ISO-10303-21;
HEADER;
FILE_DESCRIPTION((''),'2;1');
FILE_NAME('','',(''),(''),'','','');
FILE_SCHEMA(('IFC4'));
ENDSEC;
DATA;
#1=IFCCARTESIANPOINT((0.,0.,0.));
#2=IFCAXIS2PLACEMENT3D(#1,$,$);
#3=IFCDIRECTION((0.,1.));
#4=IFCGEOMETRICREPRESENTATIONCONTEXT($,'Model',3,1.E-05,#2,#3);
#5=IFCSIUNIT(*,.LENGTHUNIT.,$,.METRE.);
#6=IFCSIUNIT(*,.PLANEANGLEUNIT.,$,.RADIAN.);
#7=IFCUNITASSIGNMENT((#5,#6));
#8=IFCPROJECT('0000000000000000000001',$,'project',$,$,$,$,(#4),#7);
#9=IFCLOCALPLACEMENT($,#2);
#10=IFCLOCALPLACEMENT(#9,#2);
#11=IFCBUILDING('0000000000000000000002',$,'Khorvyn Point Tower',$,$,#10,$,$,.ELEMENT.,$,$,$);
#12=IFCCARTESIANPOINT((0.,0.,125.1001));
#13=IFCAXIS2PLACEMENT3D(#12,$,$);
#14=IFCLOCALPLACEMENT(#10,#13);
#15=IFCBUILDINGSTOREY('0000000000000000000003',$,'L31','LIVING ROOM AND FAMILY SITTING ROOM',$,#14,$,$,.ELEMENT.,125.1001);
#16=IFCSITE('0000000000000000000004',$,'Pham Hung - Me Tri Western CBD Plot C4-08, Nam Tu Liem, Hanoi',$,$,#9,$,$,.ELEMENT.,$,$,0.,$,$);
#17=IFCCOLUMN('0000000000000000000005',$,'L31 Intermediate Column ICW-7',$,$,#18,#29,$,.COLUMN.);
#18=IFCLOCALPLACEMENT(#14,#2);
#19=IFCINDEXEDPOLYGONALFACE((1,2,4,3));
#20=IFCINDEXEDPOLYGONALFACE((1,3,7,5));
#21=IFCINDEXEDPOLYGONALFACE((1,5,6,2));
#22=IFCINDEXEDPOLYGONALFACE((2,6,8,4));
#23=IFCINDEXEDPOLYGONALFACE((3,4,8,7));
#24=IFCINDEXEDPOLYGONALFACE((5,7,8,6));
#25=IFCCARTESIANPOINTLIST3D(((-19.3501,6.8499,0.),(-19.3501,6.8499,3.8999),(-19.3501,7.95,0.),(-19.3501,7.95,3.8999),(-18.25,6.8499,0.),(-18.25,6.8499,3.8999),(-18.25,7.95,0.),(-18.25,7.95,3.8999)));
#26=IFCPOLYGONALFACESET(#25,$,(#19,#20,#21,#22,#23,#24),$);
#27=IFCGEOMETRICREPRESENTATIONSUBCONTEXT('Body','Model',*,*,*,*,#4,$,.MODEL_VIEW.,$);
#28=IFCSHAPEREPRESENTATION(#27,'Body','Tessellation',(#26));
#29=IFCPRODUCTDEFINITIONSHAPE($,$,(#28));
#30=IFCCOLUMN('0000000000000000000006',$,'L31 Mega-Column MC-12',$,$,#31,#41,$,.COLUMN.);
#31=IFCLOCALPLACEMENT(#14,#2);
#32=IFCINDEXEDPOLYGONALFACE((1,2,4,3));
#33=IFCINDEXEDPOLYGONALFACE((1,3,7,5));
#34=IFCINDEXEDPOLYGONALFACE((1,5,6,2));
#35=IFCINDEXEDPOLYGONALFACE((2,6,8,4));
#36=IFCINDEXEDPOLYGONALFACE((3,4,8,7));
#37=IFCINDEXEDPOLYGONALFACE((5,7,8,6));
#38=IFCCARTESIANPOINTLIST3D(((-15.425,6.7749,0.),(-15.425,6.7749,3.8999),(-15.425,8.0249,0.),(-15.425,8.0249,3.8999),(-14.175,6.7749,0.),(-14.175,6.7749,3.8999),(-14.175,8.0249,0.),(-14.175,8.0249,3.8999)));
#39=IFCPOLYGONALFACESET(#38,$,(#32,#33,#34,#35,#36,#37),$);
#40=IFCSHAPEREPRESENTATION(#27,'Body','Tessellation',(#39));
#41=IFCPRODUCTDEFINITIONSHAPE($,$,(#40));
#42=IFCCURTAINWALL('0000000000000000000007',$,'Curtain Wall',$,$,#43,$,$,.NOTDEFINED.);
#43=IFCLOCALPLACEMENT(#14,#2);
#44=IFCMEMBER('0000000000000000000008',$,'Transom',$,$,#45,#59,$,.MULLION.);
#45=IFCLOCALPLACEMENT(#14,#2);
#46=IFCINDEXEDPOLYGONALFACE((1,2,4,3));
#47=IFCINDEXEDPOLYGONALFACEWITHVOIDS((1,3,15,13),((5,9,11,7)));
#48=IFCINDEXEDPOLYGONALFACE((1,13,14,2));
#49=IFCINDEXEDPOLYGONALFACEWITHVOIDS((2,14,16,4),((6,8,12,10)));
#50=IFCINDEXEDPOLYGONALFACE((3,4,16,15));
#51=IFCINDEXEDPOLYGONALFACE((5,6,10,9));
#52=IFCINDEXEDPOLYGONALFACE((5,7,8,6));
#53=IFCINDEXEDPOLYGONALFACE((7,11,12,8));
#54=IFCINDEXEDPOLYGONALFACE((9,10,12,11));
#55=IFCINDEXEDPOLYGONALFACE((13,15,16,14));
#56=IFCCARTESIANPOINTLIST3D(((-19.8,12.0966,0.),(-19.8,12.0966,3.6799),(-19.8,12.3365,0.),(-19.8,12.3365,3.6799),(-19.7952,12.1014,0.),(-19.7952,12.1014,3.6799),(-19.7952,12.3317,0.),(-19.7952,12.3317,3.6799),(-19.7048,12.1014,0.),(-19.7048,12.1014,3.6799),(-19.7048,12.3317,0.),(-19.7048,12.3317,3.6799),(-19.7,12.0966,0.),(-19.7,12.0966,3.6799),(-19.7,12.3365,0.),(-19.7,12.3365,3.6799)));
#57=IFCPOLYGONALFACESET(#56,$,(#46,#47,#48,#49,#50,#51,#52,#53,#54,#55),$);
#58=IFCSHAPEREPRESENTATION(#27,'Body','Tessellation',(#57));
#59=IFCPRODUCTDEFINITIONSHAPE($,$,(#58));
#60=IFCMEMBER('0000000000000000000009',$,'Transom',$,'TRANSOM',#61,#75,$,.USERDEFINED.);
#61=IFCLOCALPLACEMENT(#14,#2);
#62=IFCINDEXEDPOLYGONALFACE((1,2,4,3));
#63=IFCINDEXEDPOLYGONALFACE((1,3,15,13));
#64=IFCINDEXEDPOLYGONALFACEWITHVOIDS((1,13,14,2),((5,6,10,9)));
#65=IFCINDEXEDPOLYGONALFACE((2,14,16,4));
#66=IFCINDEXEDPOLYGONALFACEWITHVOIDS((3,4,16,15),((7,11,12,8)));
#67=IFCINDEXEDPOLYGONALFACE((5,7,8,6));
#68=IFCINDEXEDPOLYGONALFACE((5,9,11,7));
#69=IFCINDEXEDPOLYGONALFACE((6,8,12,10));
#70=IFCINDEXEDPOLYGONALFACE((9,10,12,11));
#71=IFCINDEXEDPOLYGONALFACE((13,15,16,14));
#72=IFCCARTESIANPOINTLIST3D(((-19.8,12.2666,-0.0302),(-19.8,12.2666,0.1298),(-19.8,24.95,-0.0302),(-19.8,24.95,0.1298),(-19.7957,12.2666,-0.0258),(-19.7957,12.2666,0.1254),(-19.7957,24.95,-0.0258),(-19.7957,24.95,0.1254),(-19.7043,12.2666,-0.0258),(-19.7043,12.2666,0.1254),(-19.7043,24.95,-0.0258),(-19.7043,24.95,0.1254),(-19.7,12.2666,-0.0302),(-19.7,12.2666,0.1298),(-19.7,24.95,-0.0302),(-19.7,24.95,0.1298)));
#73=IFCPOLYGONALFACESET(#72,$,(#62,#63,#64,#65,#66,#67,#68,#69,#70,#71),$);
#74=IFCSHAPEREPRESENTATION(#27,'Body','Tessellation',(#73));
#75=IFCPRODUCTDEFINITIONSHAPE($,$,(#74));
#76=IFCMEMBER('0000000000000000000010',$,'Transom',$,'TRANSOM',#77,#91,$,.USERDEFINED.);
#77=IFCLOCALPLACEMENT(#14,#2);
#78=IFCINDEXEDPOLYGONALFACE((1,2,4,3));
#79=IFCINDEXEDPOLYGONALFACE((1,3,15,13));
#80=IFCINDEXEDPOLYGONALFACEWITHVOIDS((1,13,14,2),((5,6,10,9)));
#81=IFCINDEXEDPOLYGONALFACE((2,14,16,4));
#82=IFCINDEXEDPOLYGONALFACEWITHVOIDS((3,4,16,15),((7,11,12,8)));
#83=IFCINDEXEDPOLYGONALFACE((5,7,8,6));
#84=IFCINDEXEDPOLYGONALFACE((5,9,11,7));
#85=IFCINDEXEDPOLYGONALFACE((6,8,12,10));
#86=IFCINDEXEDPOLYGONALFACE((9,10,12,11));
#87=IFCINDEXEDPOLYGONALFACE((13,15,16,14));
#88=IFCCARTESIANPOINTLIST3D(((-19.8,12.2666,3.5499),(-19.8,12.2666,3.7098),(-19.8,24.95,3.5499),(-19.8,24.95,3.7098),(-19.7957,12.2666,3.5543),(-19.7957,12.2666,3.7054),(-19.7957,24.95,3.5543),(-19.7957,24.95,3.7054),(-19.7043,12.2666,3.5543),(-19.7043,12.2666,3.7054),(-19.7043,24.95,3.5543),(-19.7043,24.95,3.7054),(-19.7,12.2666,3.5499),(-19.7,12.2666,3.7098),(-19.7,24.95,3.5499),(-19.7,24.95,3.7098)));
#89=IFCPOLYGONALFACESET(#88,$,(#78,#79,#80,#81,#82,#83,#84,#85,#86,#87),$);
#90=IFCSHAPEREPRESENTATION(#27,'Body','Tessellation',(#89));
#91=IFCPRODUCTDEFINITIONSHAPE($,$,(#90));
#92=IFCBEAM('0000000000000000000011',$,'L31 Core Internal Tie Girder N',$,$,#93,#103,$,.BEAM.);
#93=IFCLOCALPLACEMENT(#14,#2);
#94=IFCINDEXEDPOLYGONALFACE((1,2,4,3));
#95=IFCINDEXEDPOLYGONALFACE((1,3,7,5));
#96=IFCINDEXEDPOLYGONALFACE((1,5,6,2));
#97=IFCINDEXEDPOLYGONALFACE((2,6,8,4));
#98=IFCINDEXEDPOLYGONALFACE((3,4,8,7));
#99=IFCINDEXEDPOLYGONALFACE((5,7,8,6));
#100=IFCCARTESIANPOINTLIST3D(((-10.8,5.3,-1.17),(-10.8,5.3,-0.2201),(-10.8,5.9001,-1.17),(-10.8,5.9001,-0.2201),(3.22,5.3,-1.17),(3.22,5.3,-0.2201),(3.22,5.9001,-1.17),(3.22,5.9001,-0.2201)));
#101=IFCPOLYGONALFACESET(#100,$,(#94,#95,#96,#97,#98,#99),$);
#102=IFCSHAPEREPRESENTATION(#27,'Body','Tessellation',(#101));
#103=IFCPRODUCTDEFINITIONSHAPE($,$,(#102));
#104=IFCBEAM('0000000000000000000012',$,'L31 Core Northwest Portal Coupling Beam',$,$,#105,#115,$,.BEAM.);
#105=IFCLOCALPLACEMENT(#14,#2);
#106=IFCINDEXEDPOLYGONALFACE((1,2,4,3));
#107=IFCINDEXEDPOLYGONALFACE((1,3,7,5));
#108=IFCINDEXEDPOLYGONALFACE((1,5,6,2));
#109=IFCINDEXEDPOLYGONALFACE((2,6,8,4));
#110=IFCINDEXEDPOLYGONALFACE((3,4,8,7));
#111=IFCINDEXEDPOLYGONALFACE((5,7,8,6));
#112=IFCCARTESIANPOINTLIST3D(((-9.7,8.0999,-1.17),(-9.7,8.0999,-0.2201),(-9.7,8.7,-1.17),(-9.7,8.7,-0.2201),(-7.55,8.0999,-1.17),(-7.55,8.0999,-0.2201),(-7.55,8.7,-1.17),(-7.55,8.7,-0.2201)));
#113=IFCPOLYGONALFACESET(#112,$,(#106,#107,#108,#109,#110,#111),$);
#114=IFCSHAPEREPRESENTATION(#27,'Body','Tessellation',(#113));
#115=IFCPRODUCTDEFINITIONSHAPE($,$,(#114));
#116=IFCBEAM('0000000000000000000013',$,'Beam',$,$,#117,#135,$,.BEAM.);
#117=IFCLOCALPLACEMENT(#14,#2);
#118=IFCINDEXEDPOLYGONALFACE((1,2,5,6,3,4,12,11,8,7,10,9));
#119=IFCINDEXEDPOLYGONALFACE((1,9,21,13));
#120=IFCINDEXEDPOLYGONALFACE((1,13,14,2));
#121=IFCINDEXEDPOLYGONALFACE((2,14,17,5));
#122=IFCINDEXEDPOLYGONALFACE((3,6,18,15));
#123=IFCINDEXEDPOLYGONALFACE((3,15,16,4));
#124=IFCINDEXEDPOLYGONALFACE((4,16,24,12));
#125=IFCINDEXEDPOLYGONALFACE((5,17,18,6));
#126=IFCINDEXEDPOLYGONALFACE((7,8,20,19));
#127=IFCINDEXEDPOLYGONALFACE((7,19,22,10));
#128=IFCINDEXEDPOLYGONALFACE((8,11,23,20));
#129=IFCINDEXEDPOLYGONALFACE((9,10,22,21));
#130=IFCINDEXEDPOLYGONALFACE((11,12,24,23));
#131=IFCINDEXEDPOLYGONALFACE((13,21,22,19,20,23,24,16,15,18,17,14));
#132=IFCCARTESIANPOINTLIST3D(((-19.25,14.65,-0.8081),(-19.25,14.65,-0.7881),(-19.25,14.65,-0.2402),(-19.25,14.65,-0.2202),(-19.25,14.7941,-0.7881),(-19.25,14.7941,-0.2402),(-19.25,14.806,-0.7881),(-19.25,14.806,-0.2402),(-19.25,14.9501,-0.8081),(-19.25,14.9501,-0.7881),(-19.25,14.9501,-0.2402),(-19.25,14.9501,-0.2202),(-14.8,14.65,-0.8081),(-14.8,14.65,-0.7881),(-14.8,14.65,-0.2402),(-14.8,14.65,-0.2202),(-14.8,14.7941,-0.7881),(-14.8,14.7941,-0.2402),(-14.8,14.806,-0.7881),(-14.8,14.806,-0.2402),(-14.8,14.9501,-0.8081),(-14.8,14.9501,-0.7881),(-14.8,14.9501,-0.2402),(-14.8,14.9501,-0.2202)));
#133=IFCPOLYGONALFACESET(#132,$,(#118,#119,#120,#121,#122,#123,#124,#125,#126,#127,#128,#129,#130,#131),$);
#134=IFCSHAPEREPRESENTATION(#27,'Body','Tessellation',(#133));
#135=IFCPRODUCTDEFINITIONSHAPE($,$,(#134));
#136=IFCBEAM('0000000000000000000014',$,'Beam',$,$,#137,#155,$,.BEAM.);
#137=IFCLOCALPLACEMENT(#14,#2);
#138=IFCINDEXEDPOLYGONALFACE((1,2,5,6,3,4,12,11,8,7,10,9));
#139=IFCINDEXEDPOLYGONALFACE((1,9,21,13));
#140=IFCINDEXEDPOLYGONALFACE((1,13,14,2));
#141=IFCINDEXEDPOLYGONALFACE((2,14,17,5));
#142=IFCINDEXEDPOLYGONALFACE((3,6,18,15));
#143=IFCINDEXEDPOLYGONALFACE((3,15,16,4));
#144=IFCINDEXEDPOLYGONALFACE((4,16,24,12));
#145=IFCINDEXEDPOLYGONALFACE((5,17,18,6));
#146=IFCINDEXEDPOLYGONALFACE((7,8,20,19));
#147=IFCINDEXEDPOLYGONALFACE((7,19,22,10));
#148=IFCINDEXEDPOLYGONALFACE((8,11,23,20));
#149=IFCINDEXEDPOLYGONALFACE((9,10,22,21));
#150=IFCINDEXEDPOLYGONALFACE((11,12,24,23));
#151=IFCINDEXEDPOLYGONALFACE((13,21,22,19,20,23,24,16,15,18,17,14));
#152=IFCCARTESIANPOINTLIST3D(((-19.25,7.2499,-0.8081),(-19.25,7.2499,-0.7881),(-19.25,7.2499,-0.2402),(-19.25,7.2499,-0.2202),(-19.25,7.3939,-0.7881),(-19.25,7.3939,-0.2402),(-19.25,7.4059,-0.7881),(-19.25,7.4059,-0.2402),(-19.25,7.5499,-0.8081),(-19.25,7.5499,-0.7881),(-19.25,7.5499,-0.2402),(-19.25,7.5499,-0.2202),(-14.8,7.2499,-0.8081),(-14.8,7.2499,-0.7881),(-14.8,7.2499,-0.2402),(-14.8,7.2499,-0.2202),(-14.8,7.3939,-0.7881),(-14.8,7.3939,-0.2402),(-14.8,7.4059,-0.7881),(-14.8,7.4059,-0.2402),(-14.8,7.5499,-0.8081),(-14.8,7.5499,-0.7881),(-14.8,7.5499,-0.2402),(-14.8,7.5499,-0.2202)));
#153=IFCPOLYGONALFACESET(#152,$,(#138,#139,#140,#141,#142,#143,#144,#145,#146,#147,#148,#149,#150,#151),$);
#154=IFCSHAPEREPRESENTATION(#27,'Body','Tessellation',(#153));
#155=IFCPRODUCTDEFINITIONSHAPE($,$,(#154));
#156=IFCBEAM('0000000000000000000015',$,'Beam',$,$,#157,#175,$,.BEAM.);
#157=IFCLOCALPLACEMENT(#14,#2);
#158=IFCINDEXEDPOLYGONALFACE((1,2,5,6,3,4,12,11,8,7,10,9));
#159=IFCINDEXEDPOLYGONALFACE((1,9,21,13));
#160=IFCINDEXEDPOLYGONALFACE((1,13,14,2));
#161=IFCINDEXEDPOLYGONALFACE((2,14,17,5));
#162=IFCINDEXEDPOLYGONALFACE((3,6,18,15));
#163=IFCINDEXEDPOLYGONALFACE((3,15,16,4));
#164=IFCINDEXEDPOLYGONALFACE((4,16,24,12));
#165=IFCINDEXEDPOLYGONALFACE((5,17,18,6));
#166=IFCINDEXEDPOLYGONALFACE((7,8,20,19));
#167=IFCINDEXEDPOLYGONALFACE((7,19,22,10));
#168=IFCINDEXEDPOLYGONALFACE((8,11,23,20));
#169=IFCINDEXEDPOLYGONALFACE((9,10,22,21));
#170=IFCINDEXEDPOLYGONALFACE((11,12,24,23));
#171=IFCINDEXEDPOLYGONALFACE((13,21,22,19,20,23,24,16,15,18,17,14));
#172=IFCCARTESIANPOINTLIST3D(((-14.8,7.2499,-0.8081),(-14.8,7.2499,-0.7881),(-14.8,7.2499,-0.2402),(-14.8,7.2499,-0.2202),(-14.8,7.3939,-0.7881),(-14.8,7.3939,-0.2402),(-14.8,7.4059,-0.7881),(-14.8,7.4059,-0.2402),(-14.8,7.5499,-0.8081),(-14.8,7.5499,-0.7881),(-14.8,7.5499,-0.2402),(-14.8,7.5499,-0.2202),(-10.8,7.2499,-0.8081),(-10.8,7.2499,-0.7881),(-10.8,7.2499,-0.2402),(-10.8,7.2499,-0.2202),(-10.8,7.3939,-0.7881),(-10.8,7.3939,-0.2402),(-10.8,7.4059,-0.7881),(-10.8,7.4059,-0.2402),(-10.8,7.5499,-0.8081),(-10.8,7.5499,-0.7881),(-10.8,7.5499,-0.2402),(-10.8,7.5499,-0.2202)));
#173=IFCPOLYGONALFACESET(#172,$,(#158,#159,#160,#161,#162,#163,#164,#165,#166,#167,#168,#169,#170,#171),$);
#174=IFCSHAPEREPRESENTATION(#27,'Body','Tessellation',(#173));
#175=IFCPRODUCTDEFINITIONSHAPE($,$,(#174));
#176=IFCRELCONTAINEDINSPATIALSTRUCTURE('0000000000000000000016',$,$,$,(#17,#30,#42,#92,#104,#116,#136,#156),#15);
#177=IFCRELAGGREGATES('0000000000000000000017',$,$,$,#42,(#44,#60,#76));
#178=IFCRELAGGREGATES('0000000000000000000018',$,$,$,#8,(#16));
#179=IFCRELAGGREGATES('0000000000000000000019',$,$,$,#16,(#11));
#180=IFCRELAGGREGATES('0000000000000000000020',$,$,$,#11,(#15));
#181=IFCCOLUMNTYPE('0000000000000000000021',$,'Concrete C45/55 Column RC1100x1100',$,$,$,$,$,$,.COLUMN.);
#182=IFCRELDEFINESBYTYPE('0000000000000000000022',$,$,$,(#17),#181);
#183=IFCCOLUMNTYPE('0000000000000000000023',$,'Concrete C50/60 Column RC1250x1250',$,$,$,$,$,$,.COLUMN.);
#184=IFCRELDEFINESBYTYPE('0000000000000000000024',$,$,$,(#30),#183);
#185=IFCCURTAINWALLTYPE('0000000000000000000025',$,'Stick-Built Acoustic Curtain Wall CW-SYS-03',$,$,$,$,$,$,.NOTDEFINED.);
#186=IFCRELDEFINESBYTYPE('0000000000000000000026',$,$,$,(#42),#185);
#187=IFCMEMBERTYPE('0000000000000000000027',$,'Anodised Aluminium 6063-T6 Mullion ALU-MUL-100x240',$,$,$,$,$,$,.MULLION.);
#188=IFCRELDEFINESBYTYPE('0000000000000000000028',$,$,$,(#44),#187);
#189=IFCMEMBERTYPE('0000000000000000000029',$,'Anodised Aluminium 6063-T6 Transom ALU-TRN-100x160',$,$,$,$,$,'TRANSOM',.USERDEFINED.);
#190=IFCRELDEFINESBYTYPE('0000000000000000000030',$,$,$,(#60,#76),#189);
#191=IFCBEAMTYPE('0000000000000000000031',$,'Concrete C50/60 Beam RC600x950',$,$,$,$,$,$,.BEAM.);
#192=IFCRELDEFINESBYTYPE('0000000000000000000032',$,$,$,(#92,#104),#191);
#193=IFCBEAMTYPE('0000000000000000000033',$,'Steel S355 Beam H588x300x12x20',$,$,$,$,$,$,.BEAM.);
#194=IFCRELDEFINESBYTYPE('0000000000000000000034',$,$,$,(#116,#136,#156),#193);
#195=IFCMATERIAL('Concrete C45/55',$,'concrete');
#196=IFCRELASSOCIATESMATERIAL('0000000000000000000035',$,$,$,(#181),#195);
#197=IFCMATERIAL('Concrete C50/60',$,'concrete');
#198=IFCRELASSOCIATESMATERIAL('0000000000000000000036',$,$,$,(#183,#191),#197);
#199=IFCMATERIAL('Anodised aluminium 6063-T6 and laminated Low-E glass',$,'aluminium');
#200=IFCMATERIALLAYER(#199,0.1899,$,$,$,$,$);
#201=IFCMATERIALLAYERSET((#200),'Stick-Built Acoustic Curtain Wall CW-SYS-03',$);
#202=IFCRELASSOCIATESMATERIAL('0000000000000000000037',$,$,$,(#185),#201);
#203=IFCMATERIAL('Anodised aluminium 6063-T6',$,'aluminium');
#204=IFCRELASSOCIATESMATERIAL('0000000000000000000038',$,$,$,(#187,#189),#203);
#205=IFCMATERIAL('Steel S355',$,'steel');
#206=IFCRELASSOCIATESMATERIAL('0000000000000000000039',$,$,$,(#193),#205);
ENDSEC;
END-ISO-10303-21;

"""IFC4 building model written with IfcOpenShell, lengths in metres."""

from ifc_helpers import new_model, si_unit, direction, frame, origin, origin_2d, place, context, subcontext, project, spatial, rectangle, hollow_rectangle, i_section, extrude, material, layer, layer_set, material_profile, profile_set, type_object, element, aggregate, save


model = new_model("IFC4")

# Units and contexts
model_context = context("Model", 3, precision=1e-05, world=origin(), true_north=direction((0.0, 1.0)))
body_context = subcontext(model_context, "Body", "Model", "MODEL_VIEW")
ifc_project = project(units=[si_unit("LENGTHUNIT", "METRE"), si_unit("PLANEANGLEUNIT", "RADIAN")], contexts=[model_context])

# Site, building, storey
site_placement = place(None, origin())
site = spatial("IfcSite", under=ifc_project, at=site_placement, Name="Pham Hung - Me Tri Western CBD Plot C4-08, Nam Tu Liem, Hanoi", CompositionType="ELEMENT", RefElevation=0.0)
building_placement = place(site_placement, origin())
building = spatial("IfcBuilding", under=site, at=building_placement, Name="Khorvyn Point Tower", CompositionType="ELEMENT")
storey_placement = place(building_placement, frame((0.0, 0.0, 125.1001)))
storey = spatial("IfcBuildingStorey", under=building, at=storey_placement, Name="L31", Description="LIVING ROOM AND FAMILY SITTING ROOM", CompositionType="ELEMENT", Elevation=125.1001)

# Columns
ifc_material_1 = material(Name="Concrete C45/55", Category="concrete")
ifc_material_profile_1 = material_profile(ifc_material_1, rectangle(XDim=1.1001, YDim=1.1001, at=origin_2d()))
ifc_profile_set_1 = profile_set([ifc_material_profile_1], Name="Concrete C45/55 RC1100x1100")
column_type_1 = type_object("IfcColumnType", Name="Concrete C45/55 Column RC1100x1100", PredefinedType="COLUMN", material=ifc_profile_set_1)
column_1_placement = place(storey_placement, frame((-18.8, 7.3999, 0.0), z_axis=(0.0, 0.0, 1.0), x_axis=(1.0, 0.0, 0.0)))
element("IfcColumn", 1, at=column_1_placement, inside=storey, type_object=column_type_1, Name="L31 Intermediate Column ICW-7", PredefinedType="COLUMN", context=body_context, shape_type="SweptSolid", body=[
    extrude(rectangle(XDim=1.1001, YDim=1.1001, at=origin_2d()), origin(), (0.0, 0.0, 1.0), 3.8999),
])
ifc_material_2 = material(Name="Concrete C50/60", Category="concrete")
ifc_material_profile_2 = material_profile(ifc_material_2, rectangle(XDim=1.25, YDim=1.25, at=origin_2d()))
ifc_profile_set_2 = profile_set([ifc_material_profile_2], Name="Concrete C50/60 RC1250x1250")
column_type_2 = type_object("IfcColumnType", Name="Concrete C50/60 Column RC1250x1250", PredefinedType="COLUMN", material=ifc_profile_set_2)
column_2_placement = place(storey_placement, frame((-14.8, 7.3999, 0.0), z_axis=(0.0, 0.0, 1.0), x_axis=(1.0, 0.0, 0.0)))
element("IfcColumn", 2, at=column_2_placement, inside=storey, type_object=column_type_2, Name="L31 Mega-Column MC-12", PredefinedType="COLUMN", context=body_context, shape_type="SweptSolid", body=[
    extrude(rectangle(XDim=1.25, YDim=1.25, at=origin_2d()), origin(), (0.0, 0.0, 1.0), 3.8999),
])

# Curtain wall, members
ifc_material_3 = material(Name="Anodised aluminium 6063-T6 and laminated Low-E glass", Category="aluminium")
ifc_layer_1 = layer(ifc_material_3, 0.1899)
ifc_layer_set_1 = layer_set([ifc_layer_1], Name="Stick-Built Acoustic Curtain Wall CW-SYS-03")
curtain_wall_type = type_object("IfcCurtainWallType", Name="Stick-Built Acoustic Curtain Wall CW-SYS-03", PredefinedType="NOTDEFINED", material=ifc_layer_set_1)
curtain_wall_placement = place(storey_placement, origin())
curtain_wall = element("IfcCurtainWall", 3, at=curtain_wall_placement, inside=storey, type_object=curtain_wall_type, Name="Curtain Wall", PredefinedType="NOTDEFINED")
ifc_material_4 = material(Name="Anodised aluminium 6063-T6", Category="aluminium")
ifc_material_profile_3 = material_profile(ifc_material_4, hollow_rectangle(XDim=0.1001, YDim=0.24, WallThickness=0.0049, at=origin_2d()))
ifc_profile_set_3 = profile_set([ifc_material_profile_3], Name="Anodised aluminium 6063-T6 ALU-MUL-100x240")
member_type_1 = type_object("IfcMemberType", Name="Anodised Aluminium 6063-T6 Mullion ALU-MUL-100x240", PredefinedType="MULLION", material=ifc_profile_set_3)
member_1_placement = place(storey_placement, frame((-19.75, 12.2166, 0.0), z_axis=(0.0, 0.0, 1.0), x_axis=(-1.0, 0.0, 0.0)))
member_1 = element("IfcMember", 4, at=member_1_placement, type_object=member_type_1, Name="Transom", PredefinedType="MULLION", context=body_context, shape_type="SweptSolid", body=[
    extrude(hollow_rectangle(XDim=0.1001, YDim=0.24, WallThickness=0.0049, at=origin_2d()), origin(), (0.0, 0.0, 1.0), 3.6799),
])
ifc_material_profile_4 = material_profile(ifc_material_4, hollow_rectangle(XDim=0.1001, YDim=0.1599, WallThickness=0.0044, at=origin_2d()))
ifc_profile_set_4 = profile_set([ifc_material_profile_4], Name="Anodised aluminium 6063-T6 ALU-TRN-100x160")
member_type_2 = type_object("IfcMemberType", Name="Anodised Aluminium 6063-T6 Transom ALU-TRN-100x160", ElementType="TRANSOM", PredefinedType="USERDEFINED", material=ifc_profile_set_4)
member_2_placement = place(storey_placement, frame((-19.75, 12.2666, 0.0498), z_axis=(0.0, 1.0, 0.0), x_axis=(-1.0, 0.0, 0.0)))
member_2 = element("IfcMember", 5, at=member_2_placement, type_object=member_type_2, Name="Transom", ObjectType="TRANSOM", PredefinedType="USERDEFINED", context=body_context, shape_type="SweptSolid", body=[
    extrude(hollow_rectangle(XDim=0.1001, YDim=0.1599, WallThickness=0.0044, at=origin_2d()), origin(), (0.0, 0.0, 1.0), 12.6833),
])
member_3_placement = place(storey_placement, frame((-19.75, 12.2666, 3.6299), z_axis=(0.0, 1.0, 0.0), x_axis=(-1.0, 0.0, 0.0)))
member_3 = element("IfcMember", 6, at=member_3_placement, type_object=member_type_2, Name="Transom", ObjectType="TRANSOM", PredefinedType="USERDEFINED", context=body_context, shape_type="SweptSolid", body=[
    extrude(hollow_rectangle(XDim=0.1001, YDim=0.1599, WallThickness=0.0044, at=origin_2d()), origin(), (0.0, 0.0, 1.0), 12.6833),
])

# Beams
ifc_material_profile_5 = material_profile(ifc_material_2, rectangle(XDim=0.6001, YDim=0.95, at=origin_2d()))
ifc_profile_set_5 = profile_set([ifc_material_profile_5], Name="Concrete C50/60 RC600x950")
beam_type_1 = type_object("IfcBeamType", Name="Concrete C50/60 Beam RC600x950", PredefinedType="BEAM", material=ifc_profile_set_5)
beam_1_placement = place(storey_placement, frame((-10.8, 5.6001, -0.6951), z_axis=(1.0, 0.0, 0.0), x_axis=(0.0, 1.0, 0.0)))
element("IfcBeam", 7, at=beam_1_placement, inside=storey, type_object=beam_type_1, Name="L31 Core Internal Tie Girder N", PredefinedType="BEAM", context=body_context, shape_type="SweptSolid", body=[
    extrude(rectangle(XDim=0.6001, YDim=0.95, at=origin_2d()), origin(), (0.0, 0.0, 1.0), 14.02),
])
beam_2_placement = place(storey_placement, frame((-9.7, 8.3999, -0.6951), z_axis=(1.0, 0.0, 0.0), x_axis=(0.0, 1.0, 0.0)))
element("IfcBeam", 8, at=beam_2_placement, inside=storey, type_object=beam_type_1, Name="L31 Core Northwest Portal Coupling Beam", PredefinedType="BEAM", context=body_context, shape_type="SweptSolid", body=[
    extrude(rectangle(XDim=0.6001, YDim=0.95, at=origin_2d()), origin(), (0.0, 0.0, 1.0), 2.1499),
])
ifc_material_5 = material(Name="Steel S355", Category="steel")
ifc_material_profile_6 = material_profile(ifc_material_5, i_section(OverallWidth=0.3, OverallDepth=0.5879, WebThickness=0.012, FlangeThickness=0.02, at=origin_2d()))
ifc_profile_set_6 = profile_set([ifc_material_profile_6], Name="Steel S355 H588x300x12x20")
beam_type_2 = type_object("IfcBeamType", Name="Steel S355 Beam H588x300x12x20", PredefinedType="BEAM", material=ifc_profile_set_6)
for number, where, z_axis, x_axis, name in (
    (9, (-19.25, 14.8, -0.5142), (1.0, 0.0, 0.0), (0.0, 1.0, 0.0), "Beam"),
    (10, (-19.25, 7.3999, -0.5142), (1.0, 0.0, 0.0), (0.0, 1.0, 0.0), "Beam"),
):
    element("IfcBeam", number, at=place(storey_placement, frame(where, z_axis=z_axis, x_axis=x_axis)), inside=storey, type_object=beam_type_2, Name=name, PredefinedType="BEAM", context=body_context, shape_type="SweptSolid", body=[
        extrude(i_section(OverallWidth=0.3, OverallDepth=0.5879, WebThickness=0.012, FlangeThickness=0.02, at=origin_2d()), origin(), (0.0, 0.0, 1.0), 4.45),
    ])
beam_3_placement = place(storey_placement, frame((-14.8, 7.3999, -0.5142), z_axis=(1.0, 0.0, 0.0), x_axis=(0.0, 1.0, 0.0)))
element("IfcBeam", 11, at=beam_3_placement, inside=storey, type_object=beam_type_2, Name="Beam", PredefinedType="BEAM", context=body_context, shape_type="SweptSolid", body=[
    extrude(i_section(OverallWidth=0.3, OverallDepth=0.5879, WebThickness=0.012, FlangeThickness=0.02, at=origin_2d()), origin(), (0.0, 0.0, 1.0), 4.0),
])

aggregate(curtain_wall, [member_1, member_2, member_3])

save(model, "model.ifc")
